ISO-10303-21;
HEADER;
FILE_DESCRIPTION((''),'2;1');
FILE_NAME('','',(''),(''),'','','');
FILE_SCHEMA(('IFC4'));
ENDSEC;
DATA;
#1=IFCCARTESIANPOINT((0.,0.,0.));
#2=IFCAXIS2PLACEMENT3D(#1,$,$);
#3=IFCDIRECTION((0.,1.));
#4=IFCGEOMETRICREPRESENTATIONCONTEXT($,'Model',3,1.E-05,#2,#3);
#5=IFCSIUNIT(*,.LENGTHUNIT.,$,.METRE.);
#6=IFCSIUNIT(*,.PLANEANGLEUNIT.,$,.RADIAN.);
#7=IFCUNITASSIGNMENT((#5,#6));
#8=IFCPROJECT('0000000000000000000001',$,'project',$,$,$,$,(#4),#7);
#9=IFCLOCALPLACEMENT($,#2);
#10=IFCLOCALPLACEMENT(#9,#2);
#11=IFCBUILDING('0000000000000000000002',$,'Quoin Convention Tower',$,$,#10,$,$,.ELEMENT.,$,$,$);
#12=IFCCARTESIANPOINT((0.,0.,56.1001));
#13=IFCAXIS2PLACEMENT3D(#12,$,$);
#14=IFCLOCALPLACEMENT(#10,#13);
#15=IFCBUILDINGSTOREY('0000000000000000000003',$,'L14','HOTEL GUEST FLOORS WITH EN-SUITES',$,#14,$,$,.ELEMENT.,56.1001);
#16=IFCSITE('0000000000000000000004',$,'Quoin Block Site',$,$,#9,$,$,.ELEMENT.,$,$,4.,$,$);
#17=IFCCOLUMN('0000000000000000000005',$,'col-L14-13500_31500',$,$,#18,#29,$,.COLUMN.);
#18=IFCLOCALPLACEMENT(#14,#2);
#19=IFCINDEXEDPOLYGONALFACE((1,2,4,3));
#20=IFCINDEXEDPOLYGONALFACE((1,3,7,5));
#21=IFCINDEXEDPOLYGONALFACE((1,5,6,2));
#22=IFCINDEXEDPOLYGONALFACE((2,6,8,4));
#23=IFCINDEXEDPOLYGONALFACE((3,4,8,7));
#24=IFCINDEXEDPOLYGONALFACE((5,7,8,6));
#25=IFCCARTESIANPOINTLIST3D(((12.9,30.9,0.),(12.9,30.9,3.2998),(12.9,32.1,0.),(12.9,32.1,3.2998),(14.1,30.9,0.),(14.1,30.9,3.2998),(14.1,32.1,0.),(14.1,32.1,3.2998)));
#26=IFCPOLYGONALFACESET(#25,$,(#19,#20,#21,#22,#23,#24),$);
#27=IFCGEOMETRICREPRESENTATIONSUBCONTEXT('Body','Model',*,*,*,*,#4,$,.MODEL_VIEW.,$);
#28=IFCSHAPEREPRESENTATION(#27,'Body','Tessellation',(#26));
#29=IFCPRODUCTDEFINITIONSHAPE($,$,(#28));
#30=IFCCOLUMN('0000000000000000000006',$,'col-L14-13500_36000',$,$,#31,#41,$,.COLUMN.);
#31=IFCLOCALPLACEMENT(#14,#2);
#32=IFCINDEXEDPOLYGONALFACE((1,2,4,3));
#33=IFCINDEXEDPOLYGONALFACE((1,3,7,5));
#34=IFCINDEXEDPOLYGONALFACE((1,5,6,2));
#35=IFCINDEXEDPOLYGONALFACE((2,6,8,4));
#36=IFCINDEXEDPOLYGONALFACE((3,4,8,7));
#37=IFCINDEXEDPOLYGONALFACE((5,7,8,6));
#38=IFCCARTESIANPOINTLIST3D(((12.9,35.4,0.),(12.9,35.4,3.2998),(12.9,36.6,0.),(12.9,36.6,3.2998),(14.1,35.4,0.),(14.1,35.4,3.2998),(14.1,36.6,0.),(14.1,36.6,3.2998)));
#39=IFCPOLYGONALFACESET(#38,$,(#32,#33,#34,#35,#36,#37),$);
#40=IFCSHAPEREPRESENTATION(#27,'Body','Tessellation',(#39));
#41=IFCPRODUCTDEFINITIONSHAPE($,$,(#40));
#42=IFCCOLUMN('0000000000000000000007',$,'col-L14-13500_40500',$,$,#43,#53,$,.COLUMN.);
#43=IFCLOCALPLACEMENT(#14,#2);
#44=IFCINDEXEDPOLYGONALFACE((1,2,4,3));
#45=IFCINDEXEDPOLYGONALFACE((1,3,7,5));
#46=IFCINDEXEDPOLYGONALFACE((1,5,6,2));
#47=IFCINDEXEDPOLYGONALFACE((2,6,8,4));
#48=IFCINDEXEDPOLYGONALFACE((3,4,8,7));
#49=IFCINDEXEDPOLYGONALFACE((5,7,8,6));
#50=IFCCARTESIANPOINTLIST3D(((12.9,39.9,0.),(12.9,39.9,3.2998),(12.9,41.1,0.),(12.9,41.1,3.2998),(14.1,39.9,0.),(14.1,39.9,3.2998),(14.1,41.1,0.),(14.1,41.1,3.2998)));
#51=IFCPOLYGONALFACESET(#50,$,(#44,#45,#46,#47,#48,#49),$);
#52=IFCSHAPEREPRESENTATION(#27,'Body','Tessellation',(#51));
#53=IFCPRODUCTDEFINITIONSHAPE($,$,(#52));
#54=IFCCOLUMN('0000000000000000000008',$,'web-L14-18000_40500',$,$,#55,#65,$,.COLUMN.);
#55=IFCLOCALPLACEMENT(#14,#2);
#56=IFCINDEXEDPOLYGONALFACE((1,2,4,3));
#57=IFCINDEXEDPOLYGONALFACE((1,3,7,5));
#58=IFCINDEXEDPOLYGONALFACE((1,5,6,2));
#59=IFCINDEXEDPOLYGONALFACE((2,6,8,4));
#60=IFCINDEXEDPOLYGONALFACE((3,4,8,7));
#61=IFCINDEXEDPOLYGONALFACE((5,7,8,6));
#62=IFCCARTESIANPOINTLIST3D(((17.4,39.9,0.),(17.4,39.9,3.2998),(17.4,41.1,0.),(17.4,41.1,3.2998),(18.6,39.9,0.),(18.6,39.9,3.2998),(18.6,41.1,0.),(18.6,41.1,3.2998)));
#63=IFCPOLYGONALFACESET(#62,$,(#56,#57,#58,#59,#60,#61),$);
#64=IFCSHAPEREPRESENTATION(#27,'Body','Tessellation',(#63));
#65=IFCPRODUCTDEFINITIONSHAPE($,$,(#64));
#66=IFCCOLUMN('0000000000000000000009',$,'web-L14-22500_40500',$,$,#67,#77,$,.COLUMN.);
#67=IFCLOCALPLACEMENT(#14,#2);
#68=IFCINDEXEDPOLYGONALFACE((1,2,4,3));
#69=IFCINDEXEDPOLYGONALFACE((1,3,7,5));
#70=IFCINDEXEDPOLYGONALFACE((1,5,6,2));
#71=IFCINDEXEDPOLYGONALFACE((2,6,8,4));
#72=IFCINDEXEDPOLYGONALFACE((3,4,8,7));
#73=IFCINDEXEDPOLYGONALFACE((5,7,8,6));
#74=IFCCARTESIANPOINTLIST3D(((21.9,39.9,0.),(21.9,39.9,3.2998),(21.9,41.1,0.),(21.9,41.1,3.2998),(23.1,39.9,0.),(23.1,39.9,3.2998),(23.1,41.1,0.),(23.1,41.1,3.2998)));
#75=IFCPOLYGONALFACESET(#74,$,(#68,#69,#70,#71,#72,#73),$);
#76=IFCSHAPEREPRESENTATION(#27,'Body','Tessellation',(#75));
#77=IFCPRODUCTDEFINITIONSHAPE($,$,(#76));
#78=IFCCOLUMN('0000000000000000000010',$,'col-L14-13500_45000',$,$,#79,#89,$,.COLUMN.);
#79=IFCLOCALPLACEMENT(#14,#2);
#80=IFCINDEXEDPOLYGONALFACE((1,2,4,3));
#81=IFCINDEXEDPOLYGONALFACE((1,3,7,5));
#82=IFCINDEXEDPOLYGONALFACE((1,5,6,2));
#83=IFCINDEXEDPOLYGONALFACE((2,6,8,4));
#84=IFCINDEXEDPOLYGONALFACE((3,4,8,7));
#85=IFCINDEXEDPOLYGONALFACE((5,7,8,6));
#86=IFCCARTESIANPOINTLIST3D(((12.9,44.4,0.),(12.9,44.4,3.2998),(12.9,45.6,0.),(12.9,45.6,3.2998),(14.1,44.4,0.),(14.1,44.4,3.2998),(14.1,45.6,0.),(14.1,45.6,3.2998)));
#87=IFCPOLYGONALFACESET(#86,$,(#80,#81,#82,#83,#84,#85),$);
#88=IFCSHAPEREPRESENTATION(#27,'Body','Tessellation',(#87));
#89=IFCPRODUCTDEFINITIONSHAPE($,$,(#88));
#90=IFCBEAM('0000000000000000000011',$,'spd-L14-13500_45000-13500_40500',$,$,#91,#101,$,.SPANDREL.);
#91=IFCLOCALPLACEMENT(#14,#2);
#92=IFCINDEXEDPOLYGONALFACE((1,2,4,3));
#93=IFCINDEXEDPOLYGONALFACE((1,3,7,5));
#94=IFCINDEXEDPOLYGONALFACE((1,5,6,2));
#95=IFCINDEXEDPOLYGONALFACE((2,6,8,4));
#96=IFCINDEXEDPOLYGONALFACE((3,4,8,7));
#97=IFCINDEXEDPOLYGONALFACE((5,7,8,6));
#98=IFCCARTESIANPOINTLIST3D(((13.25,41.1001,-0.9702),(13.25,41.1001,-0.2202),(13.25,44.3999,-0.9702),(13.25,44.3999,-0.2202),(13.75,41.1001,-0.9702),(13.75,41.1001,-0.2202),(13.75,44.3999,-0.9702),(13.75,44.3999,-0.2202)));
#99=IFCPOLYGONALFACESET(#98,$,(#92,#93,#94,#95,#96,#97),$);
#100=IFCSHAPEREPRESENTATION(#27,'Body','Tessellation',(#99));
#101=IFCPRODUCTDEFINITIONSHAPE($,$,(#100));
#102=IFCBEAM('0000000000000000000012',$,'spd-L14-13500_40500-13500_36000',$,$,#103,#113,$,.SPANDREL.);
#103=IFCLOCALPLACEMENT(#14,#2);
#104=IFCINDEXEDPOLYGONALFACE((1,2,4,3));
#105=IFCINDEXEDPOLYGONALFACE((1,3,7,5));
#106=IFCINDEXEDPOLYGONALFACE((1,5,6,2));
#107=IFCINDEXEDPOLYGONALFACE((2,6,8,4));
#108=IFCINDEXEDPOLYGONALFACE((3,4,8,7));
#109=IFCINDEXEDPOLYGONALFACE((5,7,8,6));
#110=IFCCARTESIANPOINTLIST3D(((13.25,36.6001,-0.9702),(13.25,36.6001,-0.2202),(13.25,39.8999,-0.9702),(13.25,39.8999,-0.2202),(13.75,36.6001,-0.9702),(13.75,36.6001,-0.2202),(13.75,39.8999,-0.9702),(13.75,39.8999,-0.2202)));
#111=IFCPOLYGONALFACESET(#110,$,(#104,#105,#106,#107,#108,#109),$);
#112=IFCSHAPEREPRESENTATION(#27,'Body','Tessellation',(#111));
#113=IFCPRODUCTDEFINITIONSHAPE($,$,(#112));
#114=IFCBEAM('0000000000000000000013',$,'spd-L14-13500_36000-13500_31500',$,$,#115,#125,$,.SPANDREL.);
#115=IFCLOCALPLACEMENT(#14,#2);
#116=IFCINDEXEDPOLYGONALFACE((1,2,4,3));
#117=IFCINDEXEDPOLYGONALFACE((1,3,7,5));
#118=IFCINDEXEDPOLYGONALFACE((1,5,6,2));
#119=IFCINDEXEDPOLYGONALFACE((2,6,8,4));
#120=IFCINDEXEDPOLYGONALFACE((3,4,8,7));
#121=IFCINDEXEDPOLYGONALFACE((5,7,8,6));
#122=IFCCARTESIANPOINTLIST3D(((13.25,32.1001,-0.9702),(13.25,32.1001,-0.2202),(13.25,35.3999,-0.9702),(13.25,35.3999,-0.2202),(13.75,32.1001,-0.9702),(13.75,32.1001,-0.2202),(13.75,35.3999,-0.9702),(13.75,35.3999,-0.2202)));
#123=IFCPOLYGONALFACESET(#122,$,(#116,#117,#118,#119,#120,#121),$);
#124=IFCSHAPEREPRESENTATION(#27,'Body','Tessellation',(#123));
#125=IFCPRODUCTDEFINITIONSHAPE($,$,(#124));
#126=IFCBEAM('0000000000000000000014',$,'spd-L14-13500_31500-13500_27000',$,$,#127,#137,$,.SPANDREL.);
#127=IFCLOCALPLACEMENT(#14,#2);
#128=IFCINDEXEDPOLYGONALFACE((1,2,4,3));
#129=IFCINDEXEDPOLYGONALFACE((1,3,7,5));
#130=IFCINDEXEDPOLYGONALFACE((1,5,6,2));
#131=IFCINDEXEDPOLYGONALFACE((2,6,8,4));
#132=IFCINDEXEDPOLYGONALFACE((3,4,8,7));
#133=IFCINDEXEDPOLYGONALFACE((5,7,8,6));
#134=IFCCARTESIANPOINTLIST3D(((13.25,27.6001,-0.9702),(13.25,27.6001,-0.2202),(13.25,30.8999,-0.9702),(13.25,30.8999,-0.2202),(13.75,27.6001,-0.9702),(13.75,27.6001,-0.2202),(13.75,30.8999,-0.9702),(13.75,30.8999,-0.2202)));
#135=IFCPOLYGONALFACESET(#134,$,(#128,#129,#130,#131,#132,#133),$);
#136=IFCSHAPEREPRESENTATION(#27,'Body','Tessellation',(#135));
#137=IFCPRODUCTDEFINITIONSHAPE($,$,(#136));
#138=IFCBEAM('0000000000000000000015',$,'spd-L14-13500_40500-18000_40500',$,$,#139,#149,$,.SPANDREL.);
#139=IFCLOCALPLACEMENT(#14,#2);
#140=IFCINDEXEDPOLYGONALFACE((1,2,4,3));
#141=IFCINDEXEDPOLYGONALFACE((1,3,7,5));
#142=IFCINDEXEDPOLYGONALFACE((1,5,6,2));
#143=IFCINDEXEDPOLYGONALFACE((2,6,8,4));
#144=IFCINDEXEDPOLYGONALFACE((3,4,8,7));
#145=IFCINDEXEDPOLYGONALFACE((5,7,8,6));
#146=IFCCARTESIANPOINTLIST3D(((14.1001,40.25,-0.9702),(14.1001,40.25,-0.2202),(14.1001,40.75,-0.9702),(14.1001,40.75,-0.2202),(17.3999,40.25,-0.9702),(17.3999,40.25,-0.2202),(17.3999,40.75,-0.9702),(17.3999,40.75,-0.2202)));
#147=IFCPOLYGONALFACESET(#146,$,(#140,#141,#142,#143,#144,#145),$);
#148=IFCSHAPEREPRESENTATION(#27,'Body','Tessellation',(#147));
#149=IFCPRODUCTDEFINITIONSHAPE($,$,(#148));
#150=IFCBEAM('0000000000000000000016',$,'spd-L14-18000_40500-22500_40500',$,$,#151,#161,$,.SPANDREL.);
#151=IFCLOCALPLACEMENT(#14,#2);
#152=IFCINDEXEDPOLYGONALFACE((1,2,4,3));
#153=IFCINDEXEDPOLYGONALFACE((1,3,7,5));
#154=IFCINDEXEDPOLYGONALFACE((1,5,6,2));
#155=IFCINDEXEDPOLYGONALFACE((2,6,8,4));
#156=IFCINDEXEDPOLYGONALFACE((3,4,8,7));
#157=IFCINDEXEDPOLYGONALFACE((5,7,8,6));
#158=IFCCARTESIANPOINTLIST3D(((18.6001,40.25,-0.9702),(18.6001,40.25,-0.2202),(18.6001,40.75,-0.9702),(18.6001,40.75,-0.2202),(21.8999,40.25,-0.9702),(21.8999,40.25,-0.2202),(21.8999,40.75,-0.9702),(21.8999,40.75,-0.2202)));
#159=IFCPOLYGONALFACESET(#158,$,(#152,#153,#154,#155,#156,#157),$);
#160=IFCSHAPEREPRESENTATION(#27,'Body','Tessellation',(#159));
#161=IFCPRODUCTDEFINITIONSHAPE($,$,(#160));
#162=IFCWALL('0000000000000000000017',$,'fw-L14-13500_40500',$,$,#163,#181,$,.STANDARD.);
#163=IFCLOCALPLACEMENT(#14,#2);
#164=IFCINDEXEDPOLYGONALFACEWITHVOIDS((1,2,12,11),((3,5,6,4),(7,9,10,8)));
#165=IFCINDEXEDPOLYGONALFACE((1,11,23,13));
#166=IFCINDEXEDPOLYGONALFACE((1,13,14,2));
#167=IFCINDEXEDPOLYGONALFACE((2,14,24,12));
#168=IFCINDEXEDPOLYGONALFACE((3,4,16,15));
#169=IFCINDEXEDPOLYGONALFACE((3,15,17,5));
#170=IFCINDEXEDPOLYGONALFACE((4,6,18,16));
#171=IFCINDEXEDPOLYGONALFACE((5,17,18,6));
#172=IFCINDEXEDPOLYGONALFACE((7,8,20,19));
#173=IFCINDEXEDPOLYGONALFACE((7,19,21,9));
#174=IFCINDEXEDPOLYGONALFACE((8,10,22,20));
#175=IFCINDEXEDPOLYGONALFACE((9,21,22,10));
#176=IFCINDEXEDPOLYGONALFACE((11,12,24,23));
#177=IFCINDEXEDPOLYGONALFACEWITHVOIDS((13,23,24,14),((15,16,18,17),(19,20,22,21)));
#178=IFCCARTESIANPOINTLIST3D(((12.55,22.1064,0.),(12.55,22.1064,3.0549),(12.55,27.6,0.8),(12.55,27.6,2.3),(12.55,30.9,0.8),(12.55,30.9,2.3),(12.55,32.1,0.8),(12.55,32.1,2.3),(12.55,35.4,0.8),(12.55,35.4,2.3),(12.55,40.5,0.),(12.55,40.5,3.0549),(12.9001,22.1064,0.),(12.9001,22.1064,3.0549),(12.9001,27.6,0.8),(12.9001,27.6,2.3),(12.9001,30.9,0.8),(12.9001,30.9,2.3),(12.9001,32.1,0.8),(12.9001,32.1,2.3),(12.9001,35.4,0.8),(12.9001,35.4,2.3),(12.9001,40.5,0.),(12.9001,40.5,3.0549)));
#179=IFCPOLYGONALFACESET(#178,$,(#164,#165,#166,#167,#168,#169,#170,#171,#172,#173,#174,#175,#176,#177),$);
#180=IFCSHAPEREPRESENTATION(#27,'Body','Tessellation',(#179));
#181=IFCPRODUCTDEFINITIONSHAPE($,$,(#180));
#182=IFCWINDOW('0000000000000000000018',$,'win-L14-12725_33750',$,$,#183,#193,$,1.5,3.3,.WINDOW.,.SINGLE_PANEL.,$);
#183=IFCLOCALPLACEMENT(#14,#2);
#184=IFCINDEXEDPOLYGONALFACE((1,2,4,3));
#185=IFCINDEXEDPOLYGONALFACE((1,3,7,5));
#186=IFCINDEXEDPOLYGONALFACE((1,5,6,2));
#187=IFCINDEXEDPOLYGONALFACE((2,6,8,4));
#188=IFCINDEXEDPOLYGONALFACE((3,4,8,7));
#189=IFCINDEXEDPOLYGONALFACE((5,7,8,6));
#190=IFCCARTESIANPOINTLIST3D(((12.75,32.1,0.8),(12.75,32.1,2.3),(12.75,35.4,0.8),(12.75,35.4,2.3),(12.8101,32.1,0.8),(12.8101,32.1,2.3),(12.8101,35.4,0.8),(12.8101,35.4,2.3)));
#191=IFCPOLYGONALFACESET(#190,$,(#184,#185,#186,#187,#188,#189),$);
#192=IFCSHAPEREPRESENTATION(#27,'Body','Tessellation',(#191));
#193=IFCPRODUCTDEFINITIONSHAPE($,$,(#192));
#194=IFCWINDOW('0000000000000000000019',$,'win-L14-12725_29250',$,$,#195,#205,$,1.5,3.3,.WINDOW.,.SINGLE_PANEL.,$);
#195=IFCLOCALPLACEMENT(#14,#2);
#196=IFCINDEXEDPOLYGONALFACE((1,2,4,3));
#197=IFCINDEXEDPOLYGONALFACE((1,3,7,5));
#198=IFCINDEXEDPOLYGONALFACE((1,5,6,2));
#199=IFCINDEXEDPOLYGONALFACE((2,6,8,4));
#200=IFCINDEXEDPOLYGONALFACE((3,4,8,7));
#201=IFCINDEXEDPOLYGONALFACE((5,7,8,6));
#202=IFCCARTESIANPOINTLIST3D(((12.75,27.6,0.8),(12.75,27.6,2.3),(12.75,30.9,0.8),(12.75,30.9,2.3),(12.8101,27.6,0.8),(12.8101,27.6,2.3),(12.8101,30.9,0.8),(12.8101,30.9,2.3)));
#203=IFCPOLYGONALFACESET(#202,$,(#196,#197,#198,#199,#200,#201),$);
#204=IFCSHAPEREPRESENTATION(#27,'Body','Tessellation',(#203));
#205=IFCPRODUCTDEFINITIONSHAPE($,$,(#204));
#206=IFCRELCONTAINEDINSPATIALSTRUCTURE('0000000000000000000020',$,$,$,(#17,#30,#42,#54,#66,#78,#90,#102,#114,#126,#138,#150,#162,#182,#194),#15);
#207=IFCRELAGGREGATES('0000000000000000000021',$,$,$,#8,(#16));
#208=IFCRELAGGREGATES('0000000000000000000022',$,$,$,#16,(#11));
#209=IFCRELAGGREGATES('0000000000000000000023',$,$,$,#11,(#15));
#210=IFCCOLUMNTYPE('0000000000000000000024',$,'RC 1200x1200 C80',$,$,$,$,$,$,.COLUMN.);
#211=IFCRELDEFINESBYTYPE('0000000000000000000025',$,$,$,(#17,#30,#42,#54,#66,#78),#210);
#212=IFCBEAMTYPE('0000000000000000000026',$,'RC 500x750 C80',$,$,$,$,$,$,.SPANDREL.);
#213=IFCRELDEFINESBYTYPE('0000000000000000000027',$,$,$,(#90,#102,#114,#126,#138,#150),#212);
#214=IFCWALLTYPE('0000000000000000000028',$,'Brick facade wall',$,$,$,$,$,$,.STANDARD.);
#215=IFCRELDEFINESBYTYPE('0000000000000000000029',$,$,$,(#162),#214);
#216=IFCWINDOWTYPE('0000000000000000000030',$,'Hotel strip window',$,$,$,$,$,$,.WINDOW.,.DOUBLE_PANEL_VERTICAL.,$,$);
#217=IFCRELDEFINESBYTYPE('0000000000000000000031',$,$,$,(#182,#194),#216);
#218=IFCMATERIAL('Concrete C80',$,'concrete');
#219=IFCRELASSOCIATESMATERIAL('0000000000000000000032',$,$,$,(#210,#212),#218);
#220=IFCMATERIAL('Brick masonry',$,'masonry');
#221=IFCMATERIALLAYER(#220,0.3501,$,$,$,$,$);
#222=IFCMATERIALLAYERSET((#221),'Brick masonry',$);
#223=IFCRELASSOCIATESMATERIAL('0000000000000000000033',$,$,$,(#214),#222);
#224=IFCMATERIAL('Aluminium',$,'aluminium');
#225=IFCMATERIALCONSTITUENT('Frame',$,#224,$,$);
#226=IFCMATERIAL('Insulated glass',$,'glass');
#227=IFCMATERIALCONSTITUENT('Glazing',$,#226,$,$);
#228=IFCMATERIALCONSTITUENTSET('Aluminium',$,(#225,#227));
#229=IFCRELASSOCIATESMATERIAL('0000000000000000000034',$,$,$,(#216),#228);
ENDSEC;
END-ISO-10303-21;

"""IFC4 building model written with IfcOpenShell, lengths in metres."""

from ifc_helpers import new_model, si_unit, direction, frame, frame_2d, origin, origin_2d, place, context, subcontext, project, spatial, rectangle, extrude, material, layer, layer_set, constituent, constituent_set, material_profile, profile_set, type_object, element, fill, save


model = new_model("IFC4")

# Units and contexts
model_context = context("Model", 3, precision=1e-05, world=origin(), true_north=direction((0.0, 1.0)))
body_context = subcontext(model_context, "Body", "Model", "MODEL_VIEW")
ifc_project = project(units=[si_unit("LENGTHUNIT", "METRE"), si_unit("PLANEANGLEUNIT", "RADIAN")], contexts=[model_context])

# Site, building, storey
site_placement = place(None, origin())
site = spatial("IfcSite", under=ifc_project, at=site_placement, Name="Quoin Block Site", CompositionType="ELEMENT", RefElevation=4.0)
building_placement = place(site_placement, origin())
building = spatial("IfcBuilding", under=site, at=building_placement, Name="Quoin Convention Tower", CompositionType="ELEMENT")
storey_placement = place(building_placement, frame((0.0, 0.0, 56.1001)))
storey = spatial("IfcBuildingStorey", under=building, at=storey_placement, Name="L14", Description="HOTEL GUEST FLOORS WITH EN-SUITES", CompositionType="ELEMENT", Elevation=56.1001)

# Columns
ifc_material_1 = material(Name="Concrete C80", Category="concrete")
ifc_material_profile_1 = material_profile(ifc_material_1, rectangle(XDim=1.2, YDim=1.2, at=origin_2d()), Name="RC 1200x1200")
ifc_profile_set_1 = profile_set([ifc_material_profile_1], Name="Concrete C80")
column_type = type_object("IfcColumnType", Name="RC 1200x1200 C80", PredefinedType="COLUMN", material=ifc_profile_set_1)
for number, where, z_axis, x_axis, name in (
    (1, (13.5, 31.5, 0.0), (0.0, 0.0, 1.0), (1.0, 0.0, 0.0), "col-L14-13500_31500"),
    (2, (13.5, 36.0, 0.0), (0.0, 0.0, 1.0), (1.0, 0.0, 0.0), "col-L14-13500_36000"),
    (3, (13.5, 40.5, 0.0), (0.0, 0.0, 1.0), (1.0, 0.0, 0.0), "col-L14-13500_40500"),
    (4, (18.0, 40.5, 0.0), (0.0, 0.0, 1.0), (1.0, 0.0, 0.0), "web-L14-18000_40500"),
    (5, (22.5, 40.5, 0.0), (0.0, 0.0, 1.0), (1.0, 0.0, 0.0), "web-L14-22500_40500"),
    (6, (13.5, 45.0, 0.0), (0.0, 0.0, 1.0), (1.0, 0.0, 0.0), "col-L14-13500_45000"),
):
    element("IfcColumn", number, at=place(storey_placement, frame(where, z_axis=z_axis, x_axis=x_axis)), inside=storey, type_object=column_type, Name=name, PredefinedType="COLUMN", context=body_context, shape_type="SweptSolid", body=[
        extrude(rectangle(XDim=1.2, YDim=1.2, at=origin_2d()), origin(), (0.0, 0.0, 1.0), 3.2998),
    ])

# Beams
ifc_material_profile_2 = material_profile(ifc_material_1, rectangle(XDim=0.5, YDim=0.75, at=origin_2d()), Name="RC 500x750")
ifc_profile_set_2 = profile_set([ifc_material_profile_2], Name="Concrete C80")
beam_type = type_object("IfcBeamType", Name="RC 500x750 C80", PredefinedType="SPANDREL", material=ifc_profile_set_2)
for number, where, z_axis, x_axis, name in (
    (7, (13.5, 44.3999, -0.5952), (0.0, -1.0, 0.0), (1.0, 0.0, 0.0), "spd-L14-13500_45000-13500_40500"),
    (8, (13.5, 39.8999, -0.5952), (0.0, -1.0, 0.0), (1.0, 0.0, 0.0), "spd-L14-13500_40500-13500_36000"),
    (9, (13.5, 35.3999, -0.5952), (0.0, -1.0, 0.0), (1.0, 0.0, 0.0), "spd-L14-13500_36000-13500_31500"),
    (10, (13.5, 30.8999, -0.5952), (0.0, -1.0, 0.0), (1.0, 0.0, 0.0), "spd-L14-13500_31500-13500_27000"),
    (11, (14.1001, 40.5, -0.5952), (1.0, 0.0, 0.0), (0.0, 1.0, 0.0), "spd-L14-13500_40500-18000_40500"),
    (12, (18.6001, 40.5, -0.5952), (1.0, 0.0, 0.0), (0.0, 1.0, 0.0), "spd-L14-18000_40500-22500_40500"),
):
    element("IfcBeam", number, at=place(storey_placement, frame(where, z_axis=z_axis, x_axis=x_axis)), inside=storey, type_object=beam_type, Name=name, PredefinedType="SPANDREL", context=body_context, shape_type="SweptSolid", body=[
        extrude(rectangle(XDim=0.5, YDim=0.75, at=origin_2d()), origin(), (0.0, 0.0, 1.0), 3.2998),
    ])

# Wall, openings, windows
ifc_material_2 = material(Name="Brick masonry", Category="masonry")
ifc_layer_1 = layer(ifc_material_2, 0.3501)
ifc_layer_set_1 = layer_set([ifc_layer_1], Name="Brick masonry")
wall_type_1 = type_object("IfcWallType", Name="Brick facade wall", PredefinedType="STANDARD", material=ifc_layer_set_1)
wall_1_placement = place(storey_placement, frame((12.7251, 40.5, 0.0), z_axis=(0.0, 0.0, 1.0), x_axis=(0.0, -1.0, 0.0)))
wall_1 = element("IfcWall", 13, at=wall_1_placement, inside=storey, type_object=wall_type_1, Name="fw-L14-13500_40500", PredefinedType="STANDARD", context=body_context, shape_type="SweptSolid", body=[
    extrude(rectangle(XDim=18.3936, YDim=0.3501, at=frame_2d((9.1968, 0.0))), origin(), (0.0, 0.0, 1.0), 3.0549),
])
opening_1_placement = place(wall_1_placement, frame((5.1001, 0.0, 0.8)))
opening_1 = element("IfcOpeningElement", 14, at=opening_1_placement, cuts=wall_1, PredefinedType="OPENING", context=body_context, shape_type="SweptSolid", body=[
    extrude(rectangle(XDim=3.3, YDim=1.5, at=frame_2d((1.6499, 0.75))), frame((0.0, 0.1851, 0.0), z_axis=(0.0, -1.0, 0.0), x_axis=(1.0, 0.0, 0.0)), (0.0, 0.0, 1.0), 0.3701),
])
opening_2_placement = place(wall_1_placement, frame((9.6001, 0.0, 0.8)))
opening_2 = element("IfcOpeningElement", 15, at=opening_2_placement, cuts=wall_1, PredefinedType="OPENING", context=body_context, shape_type="SweptSolid", body=[
    extrude(rectangle(XDim=3.3, YDim=1.5, at=frame_2d((1.6499, 0.75))), frame((0.0, 0.1851, 0.0), z_axis=(0.0, -1.0, 0.0), x_axis=(1.0, 0.0, 0.0)), (0.0, 0.0, 1.0), 0.3701),
])
ifc_material_3 = material(Name="Aluminium", Category="aluminium")
ifc_constituent_1 = constituent(ifc_material_3, Name="Frame")
ifc_material_4 = material(Name="Insulated glass", Category="glass")
ifc_constituent_2 = constituent(ifc_material_4, Name="Glazing")
ifc_constituent_set = constituent_set(constituents=[ifc_constituent_1, ifc_constituent_2], Name="Aluminium")
window_type = type_object("IfcWindowType", Name="Hotel strip window", PartitioningType="DOUBLE_PANEL_VERTICAL", PredefinedType="WINDOW", material=ifc_constituent_set)
window_1_placement = place(opening_1_placement, origin())
window_1 = element("IfcWindow", 16, at=window_1_placement, inside=storey, type_object=window_type, Name="win-L14-12725_33750", OverallHeight=1.5, OverallWidth=3.3, PartitioningType="SINGLE_PANEL", PredefinedType="WINDOW", context=body_context, shape_type="SweptSolid", body=[
    extrude(rectangle(XDim=3.3, YDim=1.5, at=frame_2d((1.6499, 0.75))), frame((0.0, 0.085, 0.0), z_axis=(0.0, -1.0, 0.0), x_axis=(1.0, 0.0, 0.0)), (0.0, 0.0, 1.0), 0.0601),
])
fill(opening_1, window_1)
window_2_placement = place(opening_2_placement, origin())
window_2 = element("IfcWindow", 17, at=window_2_placement, inside=storey, type_object=window_type, Name="win-L14-12725_29250", OverallHeight=1.5, OverallWidth=3.3, PartitioningType="SINGLE_PANEL", PredefinedType="WINDOW", context=body_context, shape_type="SweptSolid", body=[
    extrude(rectangle(XDim=3.3, YDim=1.5, at=frame_2d((1.6499, 0.75))), frame((0.0, 0.085, 0.0), z_axis=(0.0, -1.0, 0.0), x_axis=(1.0, 0.0, 0.0)), (0.0, 0.0, 1.0), 0.0601),
])
fill(opening_2, window_2)

save(model, "model.ifc")
